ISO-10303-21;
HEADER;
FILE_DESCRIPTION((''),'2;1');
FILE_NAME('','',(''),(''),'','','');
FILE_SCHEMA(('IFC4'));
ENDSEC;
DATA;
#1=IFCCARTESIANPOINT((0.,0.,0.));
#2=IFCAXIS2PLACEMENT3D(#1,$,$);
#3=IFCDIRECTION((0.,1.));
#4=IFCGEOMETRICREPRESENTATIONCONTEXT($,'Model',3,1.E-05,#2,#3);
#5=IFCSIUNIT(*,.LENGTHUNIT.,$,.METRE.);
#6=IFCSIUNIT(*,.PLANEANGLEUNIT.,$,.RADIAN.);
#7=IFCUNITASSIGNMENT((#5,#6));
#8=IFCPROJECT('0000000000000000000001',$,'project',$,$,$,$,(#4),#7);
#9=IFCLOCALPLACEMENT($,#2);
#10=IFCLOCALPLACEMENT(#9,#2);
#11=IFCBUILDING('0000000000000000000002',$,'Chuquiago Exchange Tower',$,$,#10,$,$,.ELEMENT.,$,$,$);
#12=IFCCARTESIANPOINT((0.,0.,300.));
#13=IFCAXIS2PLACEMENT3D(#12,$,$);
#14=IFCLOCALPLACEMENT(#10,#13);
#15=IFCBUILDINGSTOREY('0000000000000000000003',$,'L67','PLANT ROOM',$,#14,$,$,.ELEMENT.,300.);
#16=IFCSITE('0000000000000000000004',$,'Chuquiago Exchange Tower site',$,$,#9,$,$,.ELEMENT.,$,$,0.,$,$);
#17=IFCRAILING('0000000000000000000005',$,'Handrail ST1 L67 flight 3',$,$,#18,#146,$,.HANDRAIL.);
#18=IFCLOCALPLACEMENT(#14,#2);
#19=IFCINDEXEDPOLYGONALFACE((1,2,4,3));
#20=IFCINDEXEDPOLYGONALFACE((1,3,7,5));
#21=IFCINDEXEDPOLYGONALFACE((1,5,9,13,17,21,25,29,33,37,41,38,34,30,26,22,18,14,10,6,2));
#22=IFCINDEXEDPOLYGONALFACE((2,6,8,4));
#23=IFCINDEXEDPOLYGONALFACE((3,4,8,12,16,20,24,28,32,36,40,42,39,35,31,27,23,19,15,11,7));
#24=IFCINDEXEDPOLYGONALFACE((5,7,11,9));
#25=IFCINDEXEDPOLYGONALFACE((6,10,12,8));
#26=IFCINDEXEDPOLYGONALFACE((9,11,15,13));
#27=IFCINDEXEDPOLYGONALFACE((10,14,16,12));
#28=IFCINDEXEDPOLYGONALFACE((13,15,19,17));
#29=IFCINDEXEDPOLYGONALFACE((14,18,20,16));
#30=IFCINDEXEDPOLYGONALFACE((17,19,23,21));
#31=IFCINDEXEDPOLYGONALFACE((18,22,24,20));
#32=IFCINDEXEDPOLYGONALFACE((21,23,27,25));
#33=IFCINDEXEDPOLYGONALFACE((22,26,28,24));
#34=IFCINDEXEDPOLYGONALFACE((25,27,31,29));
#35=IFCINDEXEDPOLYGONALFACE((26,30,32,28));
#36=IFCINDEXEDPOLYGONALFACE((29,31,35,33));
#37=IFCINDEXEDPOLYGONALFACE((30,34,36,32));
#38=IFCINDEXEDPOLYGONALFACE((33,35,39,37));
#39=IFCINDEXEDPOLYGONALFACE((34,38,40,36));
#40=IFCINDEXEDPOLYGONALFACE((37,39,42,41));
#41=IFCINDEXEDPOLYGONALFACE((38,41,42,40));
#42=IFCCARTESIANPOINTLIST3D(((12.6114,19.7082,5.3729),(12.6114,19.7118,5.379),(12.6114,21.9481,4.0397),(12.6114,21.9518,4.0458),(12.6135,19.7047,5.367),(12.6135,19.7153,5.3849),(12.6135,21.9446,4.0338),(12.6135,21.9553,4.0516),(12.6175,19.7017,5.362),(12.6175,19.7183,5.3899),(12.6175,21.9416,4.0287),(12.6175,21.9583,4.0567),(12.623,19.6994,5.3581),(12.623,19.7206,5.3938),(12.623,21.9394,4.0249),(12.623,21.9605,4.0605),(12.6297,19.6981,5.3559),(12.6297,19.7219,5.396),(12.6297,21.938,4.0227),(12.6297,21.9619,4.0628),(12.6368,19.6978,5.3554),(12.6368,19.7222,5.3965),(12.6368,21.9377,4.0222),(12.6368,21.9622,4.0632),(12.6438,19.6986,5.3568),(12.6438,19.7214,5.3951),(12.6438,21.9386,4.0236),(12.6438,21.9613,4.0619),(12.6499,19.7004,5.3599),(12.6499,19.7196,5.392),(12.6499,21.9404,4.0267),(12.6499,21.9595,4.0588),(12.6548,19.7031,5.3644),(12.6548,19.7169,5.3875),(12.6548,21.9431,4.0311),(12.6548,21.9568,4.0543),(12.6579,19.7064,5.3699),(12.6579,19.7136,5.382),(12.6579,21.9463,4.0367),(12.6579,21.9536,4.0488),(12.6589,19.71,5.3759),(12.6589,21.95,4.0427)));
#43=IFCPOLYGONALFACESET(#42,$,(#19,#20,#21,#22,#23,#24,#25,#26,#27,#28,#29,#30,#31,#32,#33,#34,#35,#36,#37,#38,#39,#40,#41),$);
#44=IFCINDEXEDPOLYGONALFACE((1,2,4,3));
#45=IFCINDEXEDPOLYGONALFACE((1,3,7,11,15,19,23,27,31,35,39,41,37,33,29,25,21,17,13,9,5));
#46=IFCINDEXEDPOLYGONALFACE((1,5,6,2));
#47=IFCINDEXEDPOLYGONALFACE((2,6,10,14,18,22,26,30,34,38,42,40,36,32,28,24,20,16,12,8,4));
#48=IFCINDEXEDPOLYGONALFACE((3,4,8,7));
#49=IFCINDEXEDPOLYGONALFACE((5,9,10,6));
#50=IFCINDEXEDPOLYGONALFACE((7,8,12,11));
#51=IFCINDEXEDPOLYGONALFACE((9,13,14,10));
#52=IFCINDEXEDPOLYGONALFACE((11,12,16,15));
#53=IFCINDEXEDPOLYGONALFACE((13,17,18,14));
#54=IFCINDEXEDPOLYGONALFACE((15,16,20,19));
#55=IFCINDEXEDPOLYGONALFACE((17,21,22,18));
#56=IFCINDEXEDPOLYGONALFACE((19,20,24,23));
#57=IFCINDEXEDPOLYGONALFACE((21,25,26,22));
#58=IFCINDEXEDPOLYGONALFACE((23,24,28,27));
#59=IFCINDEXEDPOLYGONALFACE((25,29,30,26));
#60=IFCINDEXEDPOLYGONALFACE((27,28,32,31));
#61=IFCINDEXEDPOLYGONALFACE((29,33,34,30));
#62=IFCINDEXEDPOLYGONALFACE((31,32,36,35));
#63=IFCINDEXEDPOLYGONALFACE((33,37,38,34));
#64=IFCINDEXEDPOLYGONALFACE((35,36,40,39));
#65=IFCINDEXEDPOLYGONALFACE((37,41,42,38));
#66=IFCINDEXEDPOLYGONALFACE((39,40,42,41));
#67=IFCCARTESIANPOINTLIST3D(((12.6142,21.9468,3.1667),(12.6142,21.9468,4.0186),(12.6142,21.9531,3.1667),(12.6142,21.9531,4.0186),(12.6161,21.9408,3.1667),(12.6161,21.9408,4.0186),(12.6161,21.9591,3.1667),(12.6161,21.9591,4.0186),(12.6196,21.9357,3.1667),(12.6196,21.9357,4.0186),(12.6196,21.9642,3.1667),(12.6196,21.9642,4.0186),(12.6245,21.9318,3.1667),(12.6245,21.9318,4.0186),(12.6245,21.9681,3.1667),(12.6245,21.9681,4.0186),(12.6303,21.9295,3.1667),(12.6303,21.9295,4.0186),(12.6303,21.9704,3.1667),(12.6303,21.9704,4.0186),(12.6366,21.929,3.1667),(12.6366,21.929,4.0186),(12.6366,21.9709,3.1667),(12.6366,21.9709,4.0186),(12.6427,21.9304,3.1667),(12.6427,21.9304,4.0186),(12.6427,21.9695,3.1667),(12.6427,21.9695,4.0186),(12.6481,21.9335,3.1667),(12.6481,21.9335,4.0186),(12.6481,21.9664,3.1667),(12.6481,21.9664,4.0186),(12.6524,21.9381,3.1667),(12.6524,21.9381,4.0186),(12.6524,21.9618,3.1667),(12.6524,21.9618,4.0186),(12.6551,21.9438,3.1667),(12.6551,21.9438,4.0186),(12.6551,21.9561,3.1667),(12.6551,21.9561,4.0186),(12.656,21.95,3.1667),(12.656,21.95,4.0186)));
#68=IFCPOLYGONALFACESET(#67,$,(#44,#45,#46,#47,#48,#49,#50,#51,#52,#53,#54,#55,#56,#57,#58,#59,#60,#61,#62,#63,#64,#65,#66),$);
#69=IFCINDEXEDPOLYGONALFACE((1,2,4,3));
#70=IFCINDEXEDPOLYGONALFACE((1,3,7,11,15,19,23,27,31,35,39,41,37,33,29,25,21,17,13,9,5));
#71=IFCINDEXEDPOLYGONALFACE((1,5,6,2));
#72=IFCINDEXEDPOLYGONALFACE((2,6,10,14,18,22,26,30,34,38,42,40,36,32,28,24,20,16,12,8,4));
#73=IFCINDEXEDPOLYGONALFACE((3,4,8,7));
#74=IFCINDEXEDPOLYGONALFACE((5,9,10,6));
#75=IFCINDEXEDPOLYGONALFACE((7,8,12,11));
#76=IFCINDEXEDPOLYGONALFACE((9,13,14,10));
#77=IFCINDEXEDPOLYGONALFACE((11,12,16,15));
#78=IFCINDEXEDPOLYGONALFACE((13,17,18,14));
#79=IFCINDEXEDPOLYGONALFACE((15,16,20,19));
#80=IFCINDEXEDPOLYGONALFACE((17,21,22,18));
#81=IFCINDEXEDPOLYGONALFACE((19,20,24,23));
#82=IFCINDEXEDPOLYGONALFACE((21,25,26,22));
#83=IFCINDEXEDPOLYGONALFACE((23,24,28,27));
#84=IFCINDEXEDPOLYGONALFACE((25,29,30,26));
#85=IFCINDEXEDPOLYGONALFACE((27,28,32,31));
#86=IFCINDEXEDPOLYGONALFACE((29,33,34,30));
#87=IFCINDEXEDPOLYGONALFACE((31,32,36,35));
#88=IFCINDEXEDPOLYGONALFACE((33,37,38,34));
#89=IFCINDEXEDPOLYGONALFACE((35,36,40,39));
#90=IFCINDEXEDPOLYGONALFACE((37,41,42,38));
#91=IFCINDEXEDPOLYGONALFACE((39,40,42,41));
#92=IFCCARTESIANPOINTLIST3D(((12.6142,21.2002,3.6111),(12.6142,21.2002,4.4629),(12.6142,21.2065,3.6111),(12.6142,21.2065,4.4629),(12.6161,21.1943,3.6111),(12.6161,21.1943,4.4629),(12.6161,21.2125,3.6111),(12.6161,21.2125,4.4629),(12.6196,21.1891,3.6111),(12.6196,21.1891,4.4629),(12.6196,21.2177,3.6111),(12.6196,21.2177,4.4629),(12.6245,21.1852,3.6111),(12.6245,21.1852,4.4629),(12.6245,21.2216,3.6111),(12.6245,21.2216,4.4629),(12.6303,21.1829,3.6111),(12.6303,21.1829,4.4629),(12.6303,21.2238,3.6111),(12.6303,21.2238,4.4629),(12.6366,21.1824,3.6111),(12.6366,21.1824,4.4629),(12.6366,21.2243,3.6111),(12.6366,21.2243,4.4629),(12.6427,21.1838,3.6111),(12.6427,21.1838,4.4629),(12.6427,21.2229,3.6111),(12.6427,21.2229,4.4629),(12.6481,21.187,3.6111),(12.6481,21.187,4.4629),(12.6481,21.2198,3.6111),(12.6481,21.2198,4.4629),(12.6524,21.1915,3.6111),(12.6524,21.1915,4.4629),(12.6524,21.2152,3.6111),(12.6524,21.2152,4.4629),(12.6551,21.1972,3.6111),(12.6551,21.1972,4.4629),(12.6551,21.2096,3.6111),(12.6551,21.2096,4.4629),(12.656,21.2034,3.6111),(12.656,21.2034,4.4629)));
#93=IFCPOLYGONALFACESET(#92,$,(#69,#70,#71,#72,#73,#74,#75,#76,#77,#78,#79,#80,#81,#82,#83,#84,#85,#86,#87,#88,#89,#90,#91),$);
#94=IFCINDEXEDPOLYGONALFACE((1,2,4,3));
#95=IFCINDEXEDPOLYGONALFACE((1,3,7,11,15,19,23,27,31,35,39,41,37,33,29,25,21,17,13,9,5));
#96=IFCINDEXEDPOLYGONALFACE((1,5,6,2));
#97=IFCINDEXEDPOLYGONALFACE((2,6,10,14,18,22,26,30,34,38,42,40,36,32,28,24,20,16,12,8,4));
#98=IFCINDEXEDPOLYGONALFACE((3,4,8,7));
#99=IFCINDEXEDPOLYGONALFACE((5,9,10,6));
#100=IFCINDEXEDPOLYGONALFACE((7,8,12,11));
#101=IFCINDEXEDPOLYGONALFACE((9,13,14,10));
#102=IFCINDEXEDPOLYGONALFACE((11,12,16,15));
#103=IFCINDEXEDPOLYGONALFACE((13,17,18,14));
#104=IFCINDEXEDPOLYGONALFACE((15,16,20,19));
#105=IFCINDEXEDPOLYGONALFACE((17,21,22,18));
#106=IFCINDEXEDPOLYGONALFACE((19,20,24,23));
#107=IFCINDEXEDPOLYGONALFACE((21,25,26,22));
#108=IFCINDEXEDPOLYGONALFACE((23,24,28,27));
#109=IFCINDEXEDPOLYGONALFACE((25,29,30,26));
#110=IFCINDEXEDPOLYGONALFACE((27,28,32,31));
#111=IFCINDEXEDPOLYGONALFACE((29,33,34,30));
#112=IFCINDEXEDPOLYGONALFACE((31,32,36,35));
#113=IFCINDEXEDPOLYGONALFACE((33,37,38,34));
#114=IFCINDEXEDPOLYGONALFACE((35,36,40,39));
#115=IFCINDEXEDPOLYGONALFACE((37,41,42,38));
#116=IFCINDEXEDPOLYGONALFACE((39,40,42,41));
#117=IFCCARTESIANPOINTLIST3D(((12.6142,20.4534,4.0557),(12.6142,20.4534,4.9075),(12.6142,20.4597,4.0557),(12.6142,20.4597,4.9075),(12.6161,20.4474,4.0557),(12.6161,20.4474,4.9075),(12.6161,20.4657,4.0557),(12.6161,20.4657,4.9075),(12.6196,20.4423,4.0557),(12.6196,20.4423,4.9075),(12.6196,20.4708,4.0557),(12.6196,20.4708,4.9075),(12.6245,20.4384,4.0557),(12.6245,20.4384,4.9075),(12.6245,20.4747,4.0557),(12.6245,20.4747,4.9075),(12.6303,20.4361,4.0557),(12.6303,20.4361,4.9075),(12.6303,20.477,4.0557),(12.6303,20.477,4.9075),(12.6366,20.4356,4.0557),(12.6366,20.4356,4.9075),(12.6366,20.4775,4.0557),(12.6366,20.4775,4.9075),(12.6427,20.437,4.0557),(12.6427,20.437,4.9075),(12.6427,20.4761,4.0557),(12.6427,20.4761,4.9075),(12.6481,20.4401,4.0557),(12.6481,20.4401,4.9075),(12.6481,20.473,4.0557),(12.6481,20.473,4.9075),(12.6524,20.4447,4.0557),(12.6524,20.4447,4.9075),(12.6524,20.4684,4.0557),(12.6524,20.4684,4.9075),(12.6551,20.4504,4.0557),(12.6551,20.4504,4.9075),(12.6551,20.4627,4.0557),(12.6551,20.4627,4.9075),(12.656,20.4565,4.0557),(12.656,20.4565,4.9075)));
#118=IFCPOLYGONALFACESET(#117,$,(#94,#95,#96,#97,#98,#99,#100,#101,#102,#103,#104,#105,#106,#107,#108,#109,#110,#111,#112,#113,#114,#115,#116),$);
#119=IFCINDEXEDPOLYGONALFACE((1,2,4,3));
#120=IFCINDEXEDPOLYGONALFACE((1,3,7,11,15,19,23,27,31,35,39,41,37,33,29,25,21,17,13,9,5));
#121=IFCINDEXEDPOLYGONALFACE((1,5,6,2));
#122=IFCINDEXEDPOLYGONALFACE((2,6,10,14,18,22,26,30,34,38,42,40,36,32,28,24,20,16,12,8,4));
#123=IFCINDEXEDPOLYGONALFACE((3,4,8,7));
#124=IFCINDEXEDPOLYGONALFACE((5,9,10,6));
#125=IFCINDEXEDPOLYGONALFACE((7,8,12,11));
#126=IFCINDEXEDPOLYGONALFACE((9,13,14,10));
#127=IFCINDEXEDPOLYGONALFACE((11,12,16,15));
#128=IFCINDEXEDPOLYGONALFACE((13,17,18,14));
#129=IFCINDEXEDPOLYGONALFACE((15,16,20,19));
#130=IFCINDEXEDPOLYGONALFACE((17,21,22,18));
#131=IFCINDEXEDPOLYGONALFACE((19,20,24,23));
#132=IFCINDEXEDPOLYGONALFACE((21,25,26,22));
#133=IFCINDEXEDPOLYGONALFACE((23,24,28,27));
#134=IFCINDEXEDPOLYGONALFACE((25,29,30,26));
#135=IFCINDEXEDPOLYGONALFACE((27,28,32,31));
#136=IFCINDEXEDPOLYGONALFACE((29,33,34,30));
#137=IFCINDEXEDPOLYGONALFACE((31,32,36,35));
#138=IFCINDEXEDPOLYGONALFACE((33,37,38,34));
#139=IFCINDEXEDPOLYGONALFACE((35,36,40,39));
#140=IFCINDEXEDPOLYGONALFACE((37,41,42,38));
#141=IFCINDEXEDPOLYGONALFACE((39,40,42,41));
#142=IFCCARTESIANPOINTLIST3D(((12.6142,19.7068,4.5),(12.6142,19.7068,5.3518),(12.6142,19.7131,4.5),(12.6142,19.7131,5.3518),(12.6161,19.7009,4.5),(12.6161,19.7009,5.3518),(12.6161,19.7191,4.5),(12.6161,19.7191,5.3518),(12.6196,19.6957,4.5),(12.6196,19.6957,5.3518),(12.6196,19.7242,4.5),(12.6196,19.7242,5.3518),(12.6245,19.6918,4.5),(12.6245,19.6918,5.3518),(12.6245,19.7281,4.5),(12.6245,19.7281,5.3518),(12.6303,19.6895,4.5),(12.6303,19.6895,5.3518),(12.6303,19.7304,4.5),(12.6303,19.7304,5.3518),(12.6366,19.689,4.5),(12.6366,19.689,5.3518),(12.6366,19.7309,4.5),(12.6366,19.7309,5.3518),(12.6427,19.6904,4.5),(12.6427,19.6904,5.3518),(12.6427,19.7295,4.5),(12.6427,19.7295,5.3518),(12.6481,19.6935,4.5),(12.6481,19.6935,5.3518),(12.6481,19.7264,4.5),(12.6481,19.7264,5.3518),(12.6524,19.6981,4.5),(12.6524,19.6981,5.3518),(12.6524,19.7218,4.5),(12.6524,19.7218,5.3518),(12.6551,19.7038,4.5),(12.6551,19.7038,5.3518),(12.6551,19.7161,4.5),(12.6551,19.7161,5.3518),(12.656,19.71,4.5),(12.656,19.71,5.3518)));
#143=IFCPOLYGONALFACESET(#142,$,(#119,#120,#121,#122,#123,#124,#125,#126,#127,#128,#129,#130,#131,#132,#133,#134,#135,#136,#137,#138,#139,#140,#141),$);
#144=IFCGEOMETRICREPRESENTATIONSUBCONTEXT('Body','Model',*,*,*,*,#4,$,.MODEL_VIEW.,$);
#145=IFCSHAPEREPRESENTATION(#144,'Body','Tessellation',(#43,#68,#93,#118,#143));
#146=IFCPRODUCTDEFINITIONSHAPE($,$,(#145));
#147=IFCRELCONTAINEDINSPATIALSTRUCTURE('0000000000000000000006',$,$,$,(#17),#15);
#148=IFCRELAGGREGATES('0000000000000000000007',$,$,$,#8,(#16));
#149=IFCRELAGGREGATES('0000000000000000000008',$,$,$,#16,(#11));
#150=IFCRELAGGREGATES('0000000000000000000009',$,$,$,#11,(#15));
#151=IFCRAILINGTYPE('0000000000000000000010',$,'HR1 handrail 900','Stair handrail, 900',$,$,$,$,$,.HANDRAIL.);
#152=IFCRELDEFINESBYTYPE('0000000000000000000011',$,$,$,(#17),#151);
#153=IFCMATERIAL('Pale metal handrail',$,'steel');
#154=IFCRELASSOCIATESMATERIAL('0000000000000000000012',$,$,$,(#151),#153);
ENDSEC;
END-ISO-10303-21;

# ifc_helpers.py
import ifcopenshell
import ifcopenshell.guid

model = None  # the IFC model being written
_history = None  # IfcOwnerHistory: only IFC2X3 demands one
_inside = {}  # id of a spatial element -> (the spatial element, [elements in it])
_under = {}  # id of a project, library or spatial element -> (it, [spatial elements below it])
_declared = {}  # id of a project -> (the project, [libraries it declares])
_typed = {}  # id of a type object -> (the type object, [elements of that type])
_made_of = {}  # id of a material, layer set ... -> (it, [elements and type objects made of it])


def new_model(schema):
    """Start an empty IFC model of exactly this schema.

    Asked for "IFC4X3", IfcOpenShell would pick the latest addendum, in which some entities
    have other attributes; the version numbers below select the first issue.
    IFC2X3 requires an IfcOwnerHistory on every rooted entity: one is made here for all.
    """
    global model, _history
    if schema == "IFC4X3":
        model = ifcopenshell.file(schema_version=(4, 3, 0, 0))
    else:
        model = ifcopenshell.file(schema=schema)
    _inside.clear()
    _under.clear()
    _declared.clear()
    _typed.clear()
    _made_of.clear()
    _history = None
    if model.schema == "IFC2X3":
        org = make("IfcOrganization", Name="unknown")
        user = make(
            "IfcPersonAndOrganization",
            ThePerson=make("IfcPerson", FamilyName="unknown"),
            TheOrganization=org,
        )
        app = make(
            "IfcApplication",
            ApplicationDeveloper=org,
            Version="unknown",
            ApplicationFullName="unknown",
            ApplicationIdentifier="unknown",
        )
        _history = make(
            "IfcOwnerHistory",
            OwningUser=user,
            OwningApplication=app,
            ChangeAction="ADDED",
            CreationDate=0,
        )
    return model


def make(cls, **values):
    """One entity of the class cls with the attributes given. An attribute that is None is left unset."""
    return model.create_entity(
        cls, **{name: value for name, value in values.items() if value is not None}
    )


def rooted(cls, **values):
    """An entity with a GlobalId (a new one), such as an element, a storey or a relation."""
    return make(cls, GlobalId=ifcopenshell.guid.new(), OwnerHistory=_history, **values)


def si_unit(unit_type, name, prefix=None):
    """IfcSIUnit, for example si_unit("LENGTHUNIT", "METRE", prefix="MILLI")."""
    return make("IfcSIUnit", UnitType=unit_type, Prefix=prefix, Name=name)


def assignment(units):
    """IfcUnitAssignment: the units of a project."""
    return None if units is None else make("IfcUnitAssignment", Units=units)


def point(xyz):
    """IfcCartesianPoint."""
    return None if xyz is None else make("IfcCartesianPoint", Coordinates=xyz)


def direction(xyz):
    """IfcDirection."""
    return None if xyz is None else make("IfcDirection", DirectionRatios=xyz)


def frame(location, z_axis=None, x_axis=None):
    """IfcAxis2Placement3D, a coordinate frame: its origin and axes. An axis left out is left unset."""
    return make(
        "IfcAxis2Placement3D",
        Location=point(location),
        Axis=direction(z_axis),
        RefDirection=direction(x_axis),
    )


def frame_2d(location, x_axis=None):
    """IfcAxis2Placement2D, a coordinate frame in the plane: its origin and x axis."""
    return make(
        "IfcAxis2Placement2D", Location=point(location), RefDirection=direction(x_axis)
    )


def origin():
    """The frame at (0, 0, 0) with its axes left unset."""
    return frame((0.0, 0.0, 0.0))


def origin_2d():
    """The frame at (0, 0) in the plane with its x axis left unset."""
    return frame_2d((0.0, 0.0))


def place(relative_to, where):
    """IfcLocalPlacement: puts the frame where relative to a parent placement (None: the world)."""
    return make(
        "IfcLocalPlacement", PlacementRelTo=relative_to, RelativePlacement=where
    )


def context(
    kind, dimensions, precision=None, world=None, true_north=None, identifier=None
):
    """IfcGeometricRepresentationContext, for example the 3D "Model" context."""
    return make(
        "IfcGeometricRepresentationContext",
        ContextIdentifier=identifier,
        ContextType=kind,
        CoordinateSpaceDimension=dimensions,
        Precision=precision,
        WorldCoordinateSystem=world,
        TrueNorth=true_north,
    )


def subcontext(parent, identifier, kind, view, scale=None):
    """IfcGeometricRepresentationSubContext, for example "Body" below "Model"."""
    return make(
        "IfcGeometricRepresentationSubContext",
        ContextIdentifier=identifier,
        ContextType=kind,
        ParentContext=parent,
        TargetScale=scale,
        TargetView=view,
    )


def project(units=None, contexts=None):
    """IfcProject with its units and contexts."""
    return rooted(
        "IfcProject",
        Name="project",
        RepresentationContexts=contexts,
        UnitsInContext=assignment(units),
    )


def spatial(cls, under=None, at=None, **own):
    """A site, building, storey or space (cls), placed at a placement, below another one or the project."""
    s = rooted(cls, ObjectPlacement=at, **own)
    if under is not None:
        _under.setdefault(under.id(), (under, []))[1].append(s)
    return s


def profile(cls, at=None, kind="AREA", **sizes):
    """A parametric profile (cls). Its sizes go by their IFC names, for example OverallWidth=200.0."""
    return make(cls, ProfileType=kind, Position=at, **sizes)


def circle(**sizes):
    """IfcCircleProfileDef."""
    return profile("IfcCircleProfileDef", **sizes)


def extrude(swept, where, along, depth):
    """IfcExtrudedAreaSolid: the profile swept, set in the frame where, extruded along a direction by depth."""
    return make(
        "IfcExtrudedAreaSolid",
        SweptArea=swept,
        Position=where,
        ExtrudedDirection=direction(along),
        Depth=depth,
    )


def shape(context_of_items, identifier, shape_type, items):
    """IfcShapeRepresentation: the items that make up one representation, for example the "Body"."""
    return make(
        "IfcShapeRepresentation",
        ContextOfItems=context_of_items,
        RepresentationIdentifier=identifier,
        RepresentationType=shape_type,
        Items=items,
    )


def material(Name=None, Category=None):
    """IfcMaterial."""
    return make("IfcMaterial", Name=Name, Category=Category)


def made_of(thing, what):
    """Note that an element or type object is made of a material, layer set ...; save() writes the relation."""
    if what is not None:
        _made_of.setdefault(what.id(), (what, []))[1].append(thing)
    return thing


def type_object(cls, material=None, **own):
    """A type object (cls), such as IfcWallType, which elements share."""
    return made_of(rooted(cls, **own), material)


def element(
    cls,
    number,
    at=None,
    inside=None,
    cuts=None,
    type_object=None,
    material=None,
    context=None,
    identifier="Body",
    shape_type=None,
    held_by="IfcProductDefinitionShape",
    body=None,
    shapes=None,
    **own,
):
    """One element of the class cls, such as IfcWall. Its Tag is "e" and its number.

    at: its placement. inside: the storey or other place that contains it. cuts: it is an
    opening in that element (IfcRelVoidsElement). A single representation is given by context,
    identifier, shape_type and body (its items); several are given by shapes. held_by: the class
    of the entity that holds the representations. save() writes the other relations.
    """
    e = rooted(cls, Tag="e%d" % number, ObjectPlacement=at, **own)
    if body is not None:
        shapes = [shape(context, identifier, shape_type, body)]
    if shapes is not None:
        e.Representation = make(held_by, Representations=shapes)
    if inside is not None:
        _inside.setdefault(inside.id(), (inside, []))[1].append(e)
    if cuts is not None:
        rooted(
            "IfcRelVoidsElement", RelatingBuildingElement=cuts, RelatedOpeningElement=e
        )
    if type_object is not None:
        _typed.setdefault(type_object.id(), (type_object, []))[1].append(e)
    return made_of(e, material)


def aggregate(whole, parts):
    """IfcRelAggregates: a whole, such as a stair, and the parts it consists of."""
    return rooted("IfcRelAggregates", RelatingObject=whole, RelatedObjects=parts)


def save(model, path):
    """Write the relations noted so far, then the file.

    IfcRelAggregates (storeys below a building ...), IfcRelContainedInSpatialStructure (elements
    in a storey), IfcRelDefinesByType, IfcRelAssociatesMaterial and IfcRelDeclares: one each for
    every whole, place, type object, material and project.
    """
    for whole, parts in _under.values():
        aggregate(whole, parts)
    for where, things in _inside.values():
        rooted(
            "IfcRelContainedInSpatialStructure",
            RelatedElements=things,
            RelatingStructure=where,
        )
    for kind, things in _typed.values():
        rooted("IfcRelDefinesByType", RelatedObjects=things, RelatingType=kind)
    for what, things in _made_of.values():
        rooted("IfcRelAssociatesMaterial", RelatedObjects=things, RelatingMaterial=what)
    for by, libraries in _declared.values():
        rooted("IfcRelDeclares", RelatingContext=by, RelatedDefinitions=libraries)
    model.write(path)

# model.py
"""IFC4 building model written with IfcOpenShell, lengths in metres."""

from ifc_helpers import new_model, si_unit, direction, frame, origin, origin_2d, place, context, subcontext, project, spatial, circle, extrude, material, type_object, element, save


model = new_model("IFC4")

# Units and contexts
model_context = context("Model", 3, precision=1e-05, world=origin(), true_north=direction((0.0, 1.0)))
body_context = subcontext(model_context, "Body", "Model", "MODEL_VIEW")
ifc_project = project(units=[si_unit("LENGTHUNIT", "METRE"), si_unit("PLANEANGLEUNIT", "RADIAN")], contexts=[model_context])

# Site, building, storey
site_placement = place(None, origin())
site = spatial("IfcSite", under=ifc_project, at=site_placement, Name="Chuquiago Exchange Tower site", CompositionType="ELEMENT", RefElevation=0.0)
building_placement = place(site_placement, origin())
building = spatial("IfcBuilding", under=site, at=building_placement, Name="Chuquiago Exchange Tower", CompositionType="ELEMENT")
storey_placement = place(building_placement, frame((0.0, 0.0, 300.0)))
storey = spatial("IfcBuildingStorey", under=building, at=storey_placement, Name="L67", Description="PLANT ROOM", CompositionType="ELEMENT", Elevation=300.0)

# Railing
ifc_material_1 = material(Name="Pale metal handrail", Category="steel")
railing_type = type_object("IfcRailingType", Name="HR1 handrail 900", Description="Stair handrail, 900", PredefinedType="HANDRAIL", material=ifc_material_1)
for number, where, name in (
    (1, (12.635, 21.95, 3.1667), "Handrail ST1 L67 flight 3"),
):
    element("IfcRailing", number, at=place(storey_placement, frame(where)), inside=storey, type_object=railing_type, Name=name, PredefinedType="HANDRAIL", context=body_context, shape_type="SweptSolid", body=[
        extrude(circle(Radius=0.0239, at=origin_2d()), frame((0.0, 0.0, 0.876), z_axis=(0.0, -0.859306, 0.511462), x_axis=(1.0, 0.0, 0.0)), (0.0, 0.0, 1.0), 2.6067),
        extrude(circle(Radius=0.021, at=origin_2d()), origin(), (0.0, 0.0, 1.0), 0.8518),
        extrude(circle(Radius=0.021, at=origin_2d()), frame((0.0, -0.7466, 0.4443)), (0.0, 0.0, 1.0), 0.8518),
        extrude(circle(Radius=0.021, at=origin_2d()), frame((0.0, -1.4934, 0.8889)), (0.0, 0.0, 1.0), 0.8518),
        extrude(circle(Radius=0.021, at=origin_2d()), frame((0.0, -2.24, 1.3333)), (0.0, 0.0, 1.0), 0.8518),
    ])

save(model, "model.ifc")
